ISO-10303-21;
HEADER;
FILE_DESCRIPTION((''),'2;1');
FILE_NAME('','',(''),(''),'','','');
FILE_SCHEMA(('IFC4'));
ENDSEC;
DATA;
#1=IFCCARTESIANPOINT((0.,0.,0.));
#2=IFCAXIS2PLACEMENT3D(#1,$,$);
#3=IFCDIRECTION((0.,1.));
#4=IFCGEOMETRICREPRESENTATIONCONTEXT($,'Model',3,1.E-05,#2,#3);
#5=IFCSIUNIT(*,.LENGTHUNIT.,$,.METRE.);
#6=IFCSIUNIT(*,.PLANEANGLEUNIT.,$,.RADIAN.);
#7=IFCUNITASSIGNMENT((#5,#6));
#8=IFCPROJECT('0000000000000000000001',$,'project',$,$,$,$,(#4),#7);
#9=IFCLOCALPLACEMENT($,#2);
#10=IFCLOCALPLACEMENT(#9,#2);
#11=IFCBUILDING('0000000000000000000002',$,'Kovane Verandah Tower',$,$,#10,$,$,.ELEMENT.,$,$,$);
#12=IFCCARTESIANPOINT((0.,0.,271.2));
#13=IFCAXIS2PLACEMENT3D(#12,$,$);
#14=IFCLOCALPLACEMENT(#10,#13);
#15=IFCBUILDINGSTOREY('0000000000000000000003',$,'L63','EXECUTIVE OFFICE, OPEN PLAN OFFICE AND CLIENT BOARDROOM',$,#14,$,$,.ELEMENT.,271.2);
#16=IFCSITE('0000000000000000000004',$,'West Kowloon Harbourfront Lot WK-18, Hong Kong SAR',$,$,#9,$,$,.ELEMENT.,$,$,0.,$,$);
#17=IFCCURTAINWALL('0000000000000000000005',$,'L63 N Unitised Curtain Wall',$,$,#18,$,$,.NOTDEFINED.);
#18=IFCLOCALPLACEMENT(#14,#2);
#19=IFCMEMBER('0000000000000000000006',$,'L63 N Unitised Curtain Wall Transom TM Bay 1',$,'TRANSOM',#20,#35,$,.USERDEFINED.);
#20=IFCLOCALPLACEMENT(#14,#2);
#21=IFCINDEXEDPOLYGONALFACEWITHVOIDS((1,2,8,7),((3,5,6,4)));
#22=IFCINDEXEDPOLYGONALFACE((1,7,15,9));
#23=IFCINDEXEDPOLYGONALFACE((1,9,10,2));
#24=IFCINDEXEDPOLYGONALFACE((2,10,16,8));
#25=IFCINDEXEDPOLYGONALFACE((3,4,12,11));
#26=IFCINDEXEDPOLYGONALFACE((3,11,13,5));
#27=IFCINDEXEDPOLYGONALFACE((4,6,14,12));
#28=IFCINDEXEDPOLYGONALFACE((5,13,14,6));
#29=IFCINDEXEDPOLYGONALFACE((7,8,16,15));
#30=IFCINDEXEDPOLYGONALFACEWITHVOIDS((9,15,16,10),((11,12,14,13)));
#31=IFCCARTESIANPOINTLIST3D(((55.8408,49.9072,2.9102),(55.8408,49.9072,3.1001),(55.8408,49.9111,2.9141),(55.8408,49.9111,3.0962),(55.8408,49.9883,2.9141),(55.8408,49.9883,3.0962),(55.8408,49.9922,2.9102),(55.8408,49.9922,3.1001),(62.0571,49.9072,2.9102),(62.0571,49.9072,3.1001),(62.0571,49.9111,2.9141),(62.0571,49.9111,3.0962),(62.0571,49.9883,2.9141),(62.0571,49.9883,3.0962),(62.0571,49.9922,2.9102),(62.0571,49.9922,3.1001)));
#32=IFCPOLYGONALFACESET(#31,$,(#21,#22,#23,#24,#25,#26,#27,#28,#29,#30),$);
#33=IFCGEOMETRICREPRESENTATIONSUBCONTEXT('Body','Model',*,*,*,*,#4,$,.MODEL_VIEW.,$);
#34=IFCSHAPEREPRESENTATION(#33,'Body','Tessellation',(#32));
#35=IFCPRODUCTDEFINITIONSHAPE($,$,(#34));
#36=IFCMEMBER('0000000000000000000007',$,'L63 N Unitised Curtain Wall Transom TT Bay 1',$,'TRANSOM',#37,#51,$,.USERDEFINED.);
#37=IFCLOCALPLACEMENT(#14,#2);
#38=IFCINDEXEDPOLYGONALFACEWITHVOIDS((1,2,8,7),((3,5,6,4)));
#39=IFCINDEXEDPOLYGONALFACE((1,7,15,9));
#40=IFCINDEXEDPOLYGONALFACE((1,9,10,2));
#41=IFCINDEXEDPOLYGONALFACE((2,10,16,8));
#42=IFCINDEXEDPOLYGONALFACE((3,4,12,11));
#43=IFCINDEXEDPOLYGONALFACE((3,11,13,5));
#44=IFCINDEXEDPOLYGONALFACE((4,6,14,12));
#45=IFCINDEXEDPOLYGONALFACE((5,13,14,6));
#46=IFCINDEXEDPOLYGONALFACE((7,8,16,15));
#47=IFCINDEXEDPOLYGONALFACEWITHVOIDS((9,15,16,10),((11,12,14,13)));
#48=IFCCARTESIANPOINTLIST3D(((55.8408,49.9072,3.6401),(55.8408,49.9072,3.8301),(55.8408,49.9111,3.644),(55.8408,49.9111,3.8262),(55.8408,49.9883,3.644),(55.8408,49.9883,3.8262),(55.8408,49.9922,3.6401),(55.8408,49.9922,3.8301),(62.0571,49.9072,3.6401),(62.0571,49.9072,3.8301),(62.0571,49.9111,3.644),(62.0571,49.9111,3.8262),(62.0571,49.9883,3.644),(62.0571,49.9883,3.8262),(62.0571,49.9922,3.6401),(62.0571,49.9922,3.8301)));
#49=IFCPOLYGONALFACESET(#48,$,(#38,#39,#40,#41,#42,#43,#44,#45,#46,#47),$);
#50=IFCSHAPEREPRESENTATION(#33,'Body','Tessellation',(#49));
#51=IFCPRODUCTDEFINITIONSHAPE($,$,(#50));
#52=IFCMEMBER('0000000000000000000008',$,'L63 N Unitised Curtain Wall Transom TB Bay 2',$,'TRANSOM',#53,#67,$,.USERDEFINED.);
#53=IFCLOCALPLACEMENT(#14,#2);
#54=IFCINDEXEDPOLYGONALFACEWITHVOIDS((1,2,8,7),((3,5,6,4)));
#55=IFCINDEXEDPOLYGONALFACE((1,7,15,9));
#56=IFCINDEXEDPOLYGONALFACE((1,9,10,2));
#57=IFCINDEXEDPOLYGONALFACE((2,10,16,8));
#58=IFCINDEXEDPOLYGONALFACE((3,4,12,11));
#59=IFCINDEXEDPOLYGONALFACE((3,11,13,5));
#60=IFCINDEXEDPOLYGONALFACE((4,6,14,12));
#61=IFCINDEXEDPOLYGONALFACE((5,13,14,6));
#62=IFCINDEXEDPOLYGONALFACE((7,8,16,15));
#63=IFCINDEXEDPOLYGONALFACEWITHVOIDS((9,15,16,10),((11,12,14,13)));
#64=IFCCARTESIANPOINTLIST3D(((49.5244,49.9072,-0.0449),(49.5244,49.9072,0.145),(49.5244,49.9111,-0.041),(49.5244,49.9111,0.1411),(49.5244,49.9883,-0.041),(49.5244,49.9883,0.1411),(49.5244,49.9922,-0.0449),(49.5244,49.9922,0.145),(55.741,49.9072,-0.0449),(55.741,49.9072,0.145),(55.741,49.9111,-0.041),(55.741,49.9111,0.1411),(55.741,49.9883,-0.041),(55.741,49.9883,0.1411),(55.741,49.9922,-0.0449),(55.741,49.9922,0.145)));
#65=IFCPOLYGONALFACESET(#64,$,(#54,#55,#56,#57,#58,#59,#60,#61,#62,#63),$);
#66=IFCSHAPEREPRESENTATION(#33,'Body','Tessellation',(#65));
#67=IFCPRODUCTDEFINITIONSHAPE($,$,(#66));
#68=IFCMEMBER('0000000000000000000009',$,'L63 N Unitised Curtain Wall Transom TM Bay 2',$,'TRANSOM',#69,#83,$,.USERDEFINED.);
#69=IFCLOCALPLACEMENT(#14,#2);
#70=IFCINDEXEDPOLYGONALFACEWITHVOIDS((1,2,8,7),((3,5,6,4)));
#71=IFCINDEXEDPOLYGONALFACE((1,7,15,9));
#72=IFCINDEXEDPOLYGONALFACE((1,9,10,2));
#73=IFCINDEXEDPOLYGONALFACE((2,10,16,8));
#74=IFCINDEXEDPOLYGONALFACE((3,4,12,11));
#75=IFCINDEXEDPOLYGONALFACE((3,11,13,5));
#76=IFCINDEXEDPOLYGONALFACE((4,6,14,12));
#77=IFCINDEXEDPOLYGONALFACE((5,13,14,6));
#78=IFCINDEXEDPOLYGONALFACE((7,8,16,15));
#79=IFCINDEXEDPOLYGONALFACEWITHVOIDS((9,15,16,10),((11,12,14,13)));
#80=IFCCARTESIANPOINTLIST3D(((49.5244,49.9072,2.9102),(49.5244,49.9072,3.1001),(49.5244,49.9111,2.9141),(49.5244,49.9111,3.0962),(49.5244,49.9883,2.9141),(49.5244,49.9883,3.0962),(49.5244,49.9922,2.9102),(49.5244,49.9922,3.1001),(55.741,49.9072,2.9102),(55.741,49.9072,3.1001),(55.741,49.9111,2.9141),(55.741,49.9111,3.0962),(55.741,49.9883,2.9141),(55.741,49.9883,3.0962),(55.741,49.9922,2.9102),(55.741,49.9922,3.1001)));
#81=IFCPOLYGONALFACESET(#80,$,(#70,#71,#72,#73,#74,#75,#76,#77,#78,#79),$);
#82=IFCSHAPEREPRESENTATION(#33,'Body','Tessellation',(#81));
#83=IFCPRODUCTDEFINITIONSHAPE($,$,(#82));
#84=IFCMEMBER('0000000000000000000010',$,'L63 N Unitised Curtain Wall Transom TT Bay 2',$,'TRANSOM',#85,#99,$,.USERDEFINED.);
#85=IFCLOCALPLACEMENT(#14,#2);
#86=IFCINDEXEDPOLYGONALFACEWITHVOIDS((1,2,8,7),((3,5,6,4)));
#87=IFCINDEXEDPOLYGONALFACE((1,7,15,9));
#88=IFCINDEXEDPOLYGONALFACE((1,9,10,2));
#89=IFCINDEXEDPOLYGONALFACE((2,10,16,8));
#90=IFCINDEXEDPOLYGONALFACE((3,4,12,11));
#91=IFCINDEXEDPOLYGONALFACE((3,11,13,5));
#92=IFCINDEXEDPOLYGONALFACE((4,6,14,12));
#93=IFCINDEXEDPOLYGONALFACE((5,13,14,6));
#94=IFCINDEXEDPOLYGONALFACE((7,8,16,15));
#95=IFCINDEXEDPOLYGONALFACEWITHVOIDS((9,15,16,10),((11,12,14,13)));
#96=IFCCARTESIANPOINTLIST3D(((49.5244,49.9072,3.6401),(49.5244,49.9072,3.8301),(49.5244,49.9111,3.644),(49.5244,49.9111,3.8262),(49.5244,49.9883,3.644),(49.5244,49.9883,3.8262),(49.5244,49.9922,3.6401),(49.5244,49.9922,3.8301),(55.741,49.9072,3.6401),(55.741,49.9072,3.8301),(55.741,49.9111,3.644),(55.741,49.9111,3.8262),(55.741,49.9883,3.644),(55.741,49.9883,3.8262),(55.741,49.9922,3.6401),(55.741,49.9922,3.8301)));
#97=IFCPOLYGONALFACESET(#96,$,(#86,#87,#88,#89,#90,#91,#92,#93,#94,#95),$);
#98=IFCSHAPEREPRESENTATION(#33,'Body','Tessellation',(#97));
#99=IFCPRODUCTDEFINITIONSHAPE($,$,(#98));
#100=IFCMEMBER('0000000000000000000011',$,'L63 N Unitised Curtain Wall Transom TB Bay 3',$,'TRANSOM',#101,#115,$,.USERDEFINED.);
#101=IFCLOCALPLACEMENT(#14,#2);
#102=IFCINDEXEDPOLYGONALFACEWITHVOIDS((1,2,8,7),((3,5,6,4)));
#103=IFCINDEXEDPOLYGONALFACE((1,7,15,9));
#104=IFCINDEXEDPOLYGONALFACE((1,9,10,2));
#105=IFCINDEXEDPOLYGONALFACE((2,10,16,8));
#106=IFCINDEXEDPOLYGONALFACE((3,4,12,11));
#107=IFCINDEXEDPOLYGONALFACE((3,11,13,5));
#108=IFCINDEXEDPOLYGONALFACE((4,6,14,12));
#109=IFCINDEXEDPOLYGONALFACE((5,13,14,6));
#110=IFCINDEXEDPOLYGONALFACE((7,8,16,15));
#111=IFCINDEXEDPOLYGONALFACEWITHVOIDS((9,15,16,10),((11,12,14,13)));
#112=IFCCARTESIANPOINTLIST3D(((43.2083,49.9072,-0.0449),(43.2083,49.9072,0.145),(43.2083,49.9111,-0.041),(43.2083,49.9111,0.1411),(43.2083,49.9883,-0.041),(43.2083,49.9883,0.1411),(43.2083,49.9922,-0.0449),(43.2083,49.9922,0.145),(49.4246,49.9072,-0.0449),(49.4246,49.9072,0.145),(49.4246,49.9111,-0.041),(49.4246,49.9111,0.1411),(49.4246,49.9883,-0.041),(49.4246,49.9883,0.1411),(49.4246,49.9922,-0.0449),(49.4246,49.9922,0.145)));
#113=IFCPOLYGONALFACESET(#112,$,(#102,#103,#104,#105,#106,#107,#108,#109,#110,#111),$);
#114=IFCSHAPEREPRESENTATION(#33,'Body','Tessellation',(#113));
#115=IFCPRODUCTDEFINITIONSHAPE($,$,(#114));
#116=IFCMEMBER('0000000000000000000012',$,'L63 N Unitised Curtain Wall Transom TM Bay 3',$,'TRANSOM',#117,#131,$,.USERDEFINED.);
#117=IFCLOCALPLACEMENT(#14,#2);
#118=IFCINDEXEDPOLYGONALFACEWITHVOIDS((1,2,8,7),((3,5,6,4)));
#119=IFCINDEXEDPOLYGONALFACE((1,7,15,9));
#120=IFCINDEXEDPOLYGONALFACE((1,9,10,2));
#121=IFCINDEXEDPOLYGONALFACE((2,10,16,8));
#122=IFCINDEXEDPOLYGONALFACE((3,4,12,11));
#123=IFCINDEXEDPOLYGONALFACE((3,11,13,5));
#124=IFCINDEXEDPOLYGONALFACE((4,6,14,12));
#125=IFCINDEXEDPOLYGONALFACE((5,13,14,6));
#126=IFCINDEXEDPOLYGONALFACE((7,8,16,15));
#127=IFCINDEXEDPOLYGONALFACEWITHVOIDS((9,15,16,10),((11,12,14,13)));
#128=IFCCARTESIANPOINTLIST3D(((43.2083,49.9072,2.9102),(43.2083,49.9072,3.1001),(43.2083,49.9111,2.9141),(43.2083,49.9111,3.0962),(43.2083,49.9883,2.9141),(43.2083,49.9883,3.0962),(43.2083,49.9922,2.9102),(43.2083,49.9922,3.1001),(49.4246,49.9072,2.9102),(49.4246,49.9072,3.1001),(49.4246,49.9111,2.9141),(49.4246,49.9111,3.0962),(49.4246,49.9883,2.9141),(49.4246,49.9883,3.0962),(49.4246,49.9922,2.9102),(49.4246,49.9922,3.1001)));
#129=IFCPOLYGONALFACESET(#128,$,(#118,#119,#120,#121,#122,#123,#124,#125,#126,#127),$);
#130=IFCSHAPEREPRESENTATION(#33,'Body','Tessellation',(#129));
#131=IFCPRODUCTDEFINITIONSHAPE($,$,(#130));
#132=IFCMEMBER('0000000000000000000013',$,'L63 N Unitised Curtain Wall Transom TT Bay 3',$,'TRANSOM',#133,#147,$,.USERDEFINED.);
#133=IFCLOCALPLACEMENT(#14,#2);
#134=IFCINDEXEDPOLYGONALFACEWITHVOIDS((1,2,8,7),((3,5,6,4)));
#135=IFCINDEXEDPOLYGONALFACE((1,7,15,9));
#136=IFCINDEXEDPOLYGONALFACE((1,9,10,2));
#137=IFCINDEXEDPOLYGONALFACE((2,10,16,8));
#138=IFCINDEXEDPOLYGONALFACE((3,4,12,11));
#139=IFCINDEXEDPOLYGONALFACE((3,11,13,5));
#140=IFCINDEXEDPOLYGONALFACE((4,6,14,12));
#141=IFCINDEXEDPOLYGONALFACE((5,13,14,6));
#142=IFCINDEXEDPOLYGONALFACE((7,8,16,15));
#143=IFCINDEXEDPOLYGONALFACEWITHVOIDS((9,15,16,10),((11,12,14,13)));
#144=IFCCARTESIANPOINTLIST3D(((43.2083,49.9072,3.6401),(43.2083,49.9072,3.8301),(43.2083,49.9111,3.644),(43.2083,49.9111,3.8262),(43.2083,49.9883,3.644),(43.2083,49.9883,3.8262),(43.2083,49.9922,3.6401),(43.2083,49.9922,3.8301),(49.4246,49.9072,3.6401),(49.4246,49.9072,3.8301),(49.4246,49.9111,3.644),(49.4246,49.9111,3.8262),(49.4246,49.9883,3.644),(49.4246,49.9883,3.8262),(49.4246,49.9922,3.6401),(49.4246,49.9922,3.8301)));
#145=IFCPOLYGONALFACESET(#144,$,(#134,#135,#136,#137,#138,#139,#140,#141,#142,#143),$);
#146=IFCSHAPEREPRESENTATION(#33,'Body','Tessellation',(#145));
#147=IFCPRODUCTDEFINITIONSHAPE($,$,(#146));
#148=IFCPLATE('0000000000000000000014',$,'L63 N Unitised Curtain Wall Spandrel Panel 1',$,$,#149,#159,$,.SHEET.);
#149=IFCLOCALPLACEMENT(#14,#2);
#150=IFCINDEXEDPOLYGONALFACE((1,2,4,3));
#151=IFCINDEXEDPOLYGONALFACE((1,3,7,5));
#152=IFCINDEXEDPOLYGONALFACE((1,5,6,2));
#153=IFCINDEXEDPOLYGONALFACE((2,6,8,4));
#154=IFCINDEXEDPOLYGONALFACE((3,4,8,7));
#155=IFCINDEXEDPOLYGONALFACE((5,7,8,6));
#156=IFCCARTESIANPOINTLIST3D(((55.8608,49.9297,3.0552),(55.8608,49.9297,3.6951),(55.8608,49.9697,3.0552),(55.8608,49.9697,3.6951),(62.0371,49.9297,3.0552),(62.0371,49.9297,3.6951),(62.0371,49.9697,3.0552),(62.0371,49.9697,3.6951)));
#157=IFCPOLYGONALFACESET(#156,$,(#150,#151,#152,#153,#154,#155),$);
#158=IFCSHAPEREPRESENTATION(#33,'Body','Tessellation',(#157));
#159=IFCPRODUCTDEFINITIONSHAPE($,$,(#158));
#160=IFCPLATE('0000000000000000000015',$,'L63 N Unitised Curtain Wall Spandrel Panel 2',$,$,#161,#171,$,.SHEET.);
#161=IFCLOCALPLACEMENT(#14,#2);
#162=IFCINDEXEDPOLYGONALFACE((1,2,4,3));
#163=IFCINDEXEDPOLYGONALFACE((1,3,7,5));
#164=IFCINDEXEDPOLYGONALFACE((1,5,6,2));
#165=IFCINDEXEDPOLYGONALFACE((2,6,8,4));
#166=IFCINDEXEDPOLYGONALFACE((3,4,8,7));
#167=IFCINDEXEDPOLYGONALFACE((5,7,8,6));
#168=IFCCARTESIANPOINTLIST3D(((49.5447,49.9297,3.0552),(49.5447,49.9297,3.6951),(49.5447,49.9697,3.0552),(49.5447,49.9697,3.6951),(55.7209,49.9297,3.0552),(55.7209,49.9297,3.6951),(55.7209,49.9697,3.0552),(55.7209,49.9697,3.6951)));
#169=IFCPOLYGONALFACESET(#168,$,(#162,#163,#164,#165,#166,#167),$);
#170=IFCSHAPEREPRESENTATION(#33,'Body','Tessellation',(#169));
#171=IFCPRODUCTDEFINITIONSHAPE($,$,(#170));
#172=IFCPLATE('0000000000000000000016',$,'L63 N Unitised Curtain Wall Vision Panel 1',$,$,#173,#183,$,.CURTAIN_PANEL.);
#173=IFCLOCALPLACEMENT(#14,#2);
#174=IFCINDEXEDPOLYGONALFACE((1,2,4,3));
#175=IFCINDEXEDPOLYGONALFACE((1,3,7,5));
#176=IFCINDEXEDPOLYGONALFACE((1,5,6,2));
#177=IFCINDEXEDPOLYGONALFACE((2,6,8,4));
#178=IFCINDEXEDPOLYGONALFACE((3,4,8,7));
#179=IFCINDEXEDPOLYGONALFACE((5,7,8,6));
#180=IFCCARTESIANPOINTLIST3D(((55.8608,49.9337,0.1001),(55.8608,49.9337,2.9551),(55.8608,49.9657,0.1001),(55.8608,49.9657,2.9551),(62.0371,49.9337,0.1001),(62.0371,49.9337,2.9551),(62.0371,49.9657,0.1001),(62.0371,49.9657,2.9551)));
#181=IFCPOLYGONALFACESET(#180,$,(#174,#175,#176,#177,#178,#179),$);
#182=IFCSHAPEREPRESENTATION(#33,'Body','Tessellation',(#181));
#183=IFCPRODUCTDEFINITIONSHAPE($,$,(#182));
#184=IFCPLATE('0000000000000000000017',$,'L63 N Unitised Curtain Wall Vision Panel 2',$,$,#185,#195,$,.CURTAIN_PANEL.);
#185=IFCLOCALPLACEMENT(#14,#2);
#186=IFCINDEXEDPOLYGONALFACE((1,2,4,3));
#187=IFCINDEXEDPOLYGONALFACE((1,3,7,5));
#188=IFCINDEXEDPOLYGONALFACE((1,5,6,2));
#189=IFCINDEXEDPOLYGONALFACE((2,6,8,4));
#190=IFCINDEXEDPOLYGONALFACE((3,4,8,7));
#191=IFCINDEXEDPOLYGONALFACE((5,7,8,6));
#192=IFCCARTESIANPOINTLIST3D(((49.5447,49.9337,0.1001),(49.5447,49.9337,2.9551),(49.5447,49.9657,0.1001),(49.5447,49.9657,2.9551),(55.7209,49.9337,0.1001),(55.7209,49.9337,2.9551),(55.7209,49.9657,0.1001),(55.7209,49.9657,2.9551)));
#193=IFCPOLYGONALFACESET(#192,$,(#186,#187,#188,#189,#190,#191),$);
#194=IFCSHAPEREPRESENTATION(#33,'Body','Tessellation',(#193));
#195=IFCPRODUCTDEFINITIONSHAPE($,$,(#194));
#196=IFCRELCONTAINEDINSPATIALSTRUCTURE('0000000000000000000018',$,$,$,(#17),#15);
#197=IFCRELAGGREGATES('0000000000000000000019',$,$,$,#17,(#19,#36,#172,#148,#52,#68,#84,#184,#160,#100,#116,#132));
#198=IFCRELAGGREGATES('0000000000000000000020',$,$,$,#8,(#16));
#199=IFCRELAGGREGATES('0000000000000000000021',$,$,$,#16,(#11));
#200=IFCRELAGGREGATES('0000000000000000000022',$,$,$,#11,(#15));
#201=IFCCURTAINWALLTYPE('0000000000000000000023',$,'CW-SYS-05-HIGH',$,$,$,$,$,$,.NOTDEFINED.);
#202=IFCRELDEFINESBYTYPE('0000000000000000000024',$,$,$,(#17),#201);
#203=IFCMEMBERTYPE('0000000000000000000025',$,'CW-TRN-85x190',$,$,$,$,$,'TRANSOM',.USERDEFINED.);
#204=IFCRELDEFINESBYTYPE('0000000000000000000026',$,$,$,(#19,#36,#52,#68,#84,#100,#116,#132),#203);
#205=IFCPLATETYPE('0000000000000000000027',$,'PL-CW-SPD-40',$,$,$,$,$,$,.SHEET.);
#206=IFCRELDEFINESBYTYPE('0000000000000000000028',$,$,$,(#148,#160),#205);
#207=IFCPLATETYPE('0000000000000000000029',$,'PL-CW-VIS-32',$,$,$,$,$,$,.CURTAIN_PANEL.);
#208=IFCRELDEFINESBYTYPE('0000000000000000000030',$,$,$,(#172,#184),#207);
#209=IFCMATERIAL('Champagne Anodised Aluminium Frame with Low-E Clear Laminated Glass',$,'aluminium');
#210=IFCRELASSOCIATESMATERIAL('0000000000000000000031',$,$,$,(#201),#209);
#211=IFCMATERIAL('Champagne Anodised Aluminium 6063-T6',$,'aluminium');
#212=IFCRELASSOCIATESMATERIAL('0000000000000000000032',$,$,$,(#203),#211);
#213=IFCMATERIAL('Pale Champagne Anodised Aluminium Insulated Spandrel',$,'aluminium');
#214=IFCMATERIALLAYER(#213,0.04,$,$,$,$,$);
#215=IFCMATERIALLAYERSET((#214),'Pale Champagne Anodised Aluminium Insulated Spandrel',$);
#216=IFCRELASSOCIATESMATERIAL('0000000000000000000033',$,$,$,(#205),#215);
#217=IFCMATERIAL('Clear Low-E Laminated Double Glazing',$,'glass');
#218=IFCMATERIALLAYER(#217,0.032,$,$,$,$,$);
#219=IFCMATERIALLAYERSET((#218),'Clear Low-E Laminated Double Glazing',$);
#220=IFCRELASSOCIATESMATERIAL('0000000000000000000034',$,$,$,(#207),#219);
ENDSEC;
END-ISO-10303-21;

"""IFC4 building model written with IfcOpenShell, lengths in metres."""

from ifc_helpers import new_model, si_unit, direction, frame, origin, origin_2d, place, context, subcontext, project, spatial, rectangle, hollow_rectangle, extrude, material, layer, layer_set, material_profile, profile_set, type_object, element, aggregate, save


model = new_model("IFC4")

# Units and contexts
model_context = context("Model", 3, precision=1e-05, world=origin(), true_north=direction((0.0, 1.0)))
body_context = subcontext(model_context, "Body", "Model", "MODEL_VIEW")
ifc_project = project(units=[si_unit("LENGTHUNIT", "METRE"), si_unit("PLANEANGLEUNIT", "RADIAN")], contexts=[model_context])

# Site, building, storey
site_placement = place(None, origin())
site = spatial("IfcSite", under=ifc_project, at=site_placement, Name="West Kowloon Harbourfront Lot WK-18, Hong Kong SAR", CompositionType="ELEMENT", RefElevation=0.0)
building_placement = place(site_placement, origin())
building = spatial("IfcBuilding", under=site, at=building_placement, Name="Kovane Verandah Tower", CompositionType="ELEMENT")
storey_placement = place(building_placement, frame((0.0, 0.0, 271.2)))
storey = spatial("IfcBuildingStorey", under=building, at=storey_placement, Name="L63", Description="EXECUTIVE OFFICE, OPEN PLAN OFFICE AND CLIENT BOARDROOM", CompositionType="ELEMENT", Elevation=271.2)

# Curtain wall, members, plates
ifc_material_1 = material(Name="Champagne Anodised Aluminium Frame with Low-E Clear Laminated Glass", Category="aluminium")
curtain_wall_type = type_object("IfcCurtainWallType", Name="CW-SYS-05-HIGH", PredefinedType="NOTDEFINED", material=ifc_material_1)
curtain_wall_placement = place(storey_placement, origin())
curtain_wall = element("IfcCurtainWall", 1, at=curtain_wall_placement, inside=storey, type_object=curtain_wall_type, Name="L63 N Unitised Curtain Wall", PredefinedType="NOTDEFINED")
ifc_material_2 = material(Name="Champagne Anodised Aluminium 6063-T6", Category="aluminium")
ifc_material_profile_1 = material_profile(ifc_material_2, hollow_rectangle(XDim=0.085, YDim=0.1899, WallThickness=0.0039, at=origin_2d()), Name="AL85x190x4")
ifc_profile_set_1 = profile_set([ifc_material_profile_1], Name="Champagne Anodised Aluminium 6063-T6")
member_type_1 = type_object("IfcMemberType", Name="CW-TRN-85x190", ElementType="TRANSOM", PredefinedType="USERDEFINED", material=ifc_profile_set_1)
member_1_placement = place(storey_placement, frame((62.0571, 49.9497, 3.0051), z_axis=(-1.0, 0.0, 0.0), x_axis=(0.0, -1.0, 0.0)))
member_1 = element("IfcMember", 2, at=member_1_placement, type_object=member_type_1, Name="L63 N Unitised Curtain Wall Transom TM Bay 1", ObjectType="TRANSOM", PredefinedType="USERDEFINED", context=body_context, shape_type="SweptSolid", body=[
    extrude(hollow_rectangle(XDim=0.085, YDim=0.1899, WallThickness=0.0039, at=origin_2d()), origin(), (0.0, 0.0, 1.0), 6.2163),
])
member_2_placement = place(storey_placement, frame((62.0571, 49.9497, 3.7351), z_axis=(-1.0, 0.0, 0.0), x_axis=(0.0, -1.0, 0.0)))
member_2 = element("IfcMember", 3, at=member_2_placement, type_object=member_type_1, Name="L63 N Unitised Curtain Wall Transom TT Bay 1", ObjectType="TRANSOM", PredefinedType="USERDEFINED", context=body_context, shape_type="SweptSolid", body=[
    extrude(hollow_rectangle(XDim=0.085, YDim=0.1899, WallThickness=0.0039, at=origin_2d()), origin(), (0.0, 0.0, 1.0), 6.2163),
])
member_3_placement = place(storey_placement, frame((55.741, 49.9497, 0.05), z_axis=(-1.0, 0.0, 0.0), x_axis=(0.0, -1.0, 0.0)))
member_3 = element("IfcMember", 4, at=member_3_placement, type_object=member_type_1, Name="L63 N Unitised Curtain Wall Transom TB Bay 2", ObjectType="TRANSOM", PredefinedType="USERDEFINED", context=body_context, shape_type="SweptSolid", body=[
    extrude(hollow_rectangle(XDim=0.085, YDim=0.1899, WallThickness=0.0039, at=origin_2d()), origin(), (0.0, 0.0, 1.0), 6.2166),
])
member_4_placement = place(storey_placement, frame((55.741, 49.9497, 3.0051), z_axis=(-1.0, 0.0, 0.0), x_axis=(0.0, -1.0, 0.0)))
member_4 = element("IfcMember", 5, at=member_4_placement, type_object=member_type_1, Name="L63 N Unitised Curtain Wall Transom TM Bay 2", ObjectType="TRANSOM", PredefinedType="USERDEFINED", context=body_context, shape_type="SweptSolid", body=[
    extrude(hollow_rectangle(XDim=0.085, YDim=0.1899, WallThickness=0.0039, at=origin_2d()), origin(), (0.0, 0.0, 1.0), 6.2166),
])
member_5_placement = place(storey_placement, frame((55.741, 49.9497, 3.7351), z_axis=(-1.0, 0.0, 0.0), x_axis=(0.0, -1.0, 0.0)))
member_5 = element("IfcMember", 6, at=member_5_placement, type_object=member_type_1, Name="L63 N Unitised Curtain Wall Transom TT Bay 2", ObjectType="TRANSOM", PredefinedType="USERDEFINED", context=body_context, shape_type="SweptSolid", body=[
    extrude(hollow_rectangle(XDim=0.085, YDim=0.1899, WallThickness=0.0039, at=origin_2d()), origin(), (0.0, 0.0, 1.0), 6.2166),
])
member_6_placement = place(storey_placement, frame((49.4246, 49.9497, 0.05), z_axis=(-1.0, 0.0, 0.0), x_axis=(0.0, -1.0, 0.0)))
member_6 = element("IfcMember", 7, at=member_6_placement, type_object=member_type_1, Name="L63 N Unitised Curtain Wall Transom TB Bay 3", ObjectType="TRANSOM", PredefinedType="USERDEFINED", context=body_context, shape_type="SweptSolid", body=[
    extrude(hollow_rectangle(XDim=0.085, YDim=0.1899, WallThickness=0.0039, at=origin_2d()), origin(), (0.0, 0.0, 1.0), 6.2163),
])
member_7_placement = place(storey_placement, frame((49.4246, 49.9497, 3.0051), z_axis=(-1.0, 0.0, 0.0), x_axis=(0.0, -1.0, 0.0)))
member_7 = element("IfcMember", 8, at=member_7_placement, type_object=member_type_1, Name="L63 N Unitised Curtain Wall Transom TM Bay 3", ObjectType="TRANSOM", PredefinedType="USERDEFINED", context=body_context, shape_type="SweptSolid", body=[
    extrude(hollow_rectangle(XDim=0.085, YDim=0.1899, WallThickness=0.0039, at=origin_2d()), origin(), (0.0, 0.0, 1.0), 6.2163),
])
member_8_placement = place(storey_placement, frame((49.4246, 49.9497, 3.7351), z_axis=(-1.0, 0.0, 0.0), x_axis=(0.0, -1.0, 0.0)))
member_8 = element("IfcMember", 9, at=member_8_placement, type_object=member_type_1, Name="L63 N Unitised Curtain Wall Transom TT Bay 3", ObjectType="TRANSOM", PredefinedType="USERDEFINED", context=body_context, shape_type="SweptSolid", body=[
    extrude(hollow_rectangle(XDim=0.085, YDim=0.1899, WallThickness=0.0039, at=origin_2d()), origin(), (0.0, 0.0, 1.0), 6.2163),
])
ifc_material_3 = material(Name="Pale Champagne Anodised Aluminium Insulated Spandrel", Category="aluminium")
ifc_layer_1 = layer(ifc_material_3, 0.04)
ifc_layer_set_1 = layer_set([ifc_layer_1], Name="Pale Champagne Anodised Aluminium Insulated Spandrel")
plate_type_1 = type_object("IfcPlateType", Name="PL-CW-SPD-40", PredefinedType="SHEET", material=ifc_layer_set_1)
plate_1_placement = place(storey_placement, frame((58.949, 49.9497, 3.0552), z_axis=(0.0, 0.0, 1.0), x_axis=(-1.0, 0.0, 0.0)))
plate_1 = element("IfcPlate", 10, at=plate_1_placement, type_object=plate_type_1, Name="L63 N Unitised Curtain Wall Spandrel Panel 1", PredefinedType="SHEET", context=body_context, shape_type="SweptSolid", body=[
    extrude(rectangle(XDim=6.1763, YDim=0.04, at=origin_2d()), origin(), (0.0, 0.0, 1.0), 0.6399),
])
plate_2_placement = place(storey_placement, frame((52.6328, 49.9497, 3.0552), z_axis=(0.0, 0.0, 1.0), x_axis=(-1.0, 0.0, 0.0)))
plate_2 = element("IfcPlate", 11, at=plate_2_placement, type_object=plate_type_1, Name="L63 N Unitised Curtain Wall Spandrel Panel 2", PredefinedType="SHEET", context=body_context, shape_type="SweptSolid", body=[
    extrude(rectangle(XDim=6.1763, YDim=0.04, at=origin_2d()), origin(), (0.0, 0.0, 1.0), 0.6399),
])
ifc_material_4 = material(Name="Clear Low-E Laminated Double Glazing", Category="glass")
ifc_layer_2 = layer(ifc_material_4, 0.032)
ifc_layer_set_2 = layer_set([ifc_layer_2], Name="Clear Low-E Laminated Double Glazing")
plate_type_2 = type_object("IfcPlateType", Name="PL-CW-VIS-32", PredefinedType="CURTAIN_PANEL", material=ifc_layer_set_2)
plate_3_placement = place(storey_placement, frame((58.949, 49.9497, 0.1001), z_axis=(0.0, 0.0, 1.0), x_axis=(-1.0, 0.0, 0.0)))
plate_3 = element("IfcPlate", 12, at=plate_3_placement, type_object=plate_type_2, Name="L63 N Unitised Curtain Wall Vision Panel 1", PredefinedType="CURTAIN_PANEL", context=body_context, shape_type="SweptSolid", body=[
    extrude(rectangle(XDim=6.1763, YDim=0.032, at=origin_2d()), origin(), (0.0, 0.0, 1.0), 2.855),
])
plate_4_placement = place(storey_placement, frame((52.6328, 49.9497, 0.1001), z_axis=(0.0, 0.0, 1.0), x_axis=(-1.0, 0.0, 0.0)))
plate_4 = element("IfcPlate", 13, at=plate_4_placement, type_object=plate_type_2, Name="L63 N Unitised Curtain Wall Vision Panel 2", PredefinedType="CURTAIN_PANEL", context=body_context, shape_type="SweptSolid", body=[
    extrude(rectangle(XDim=6.1763, YDim=0.032, at=origin_2d()), origin(), (0.0, 0.0, 1.0), 2.855),
])
aggregate(curtain_wall, [member_1, member_2, plate_3, plate_1, member_3, member_4, member_5, plate_4, plate_2, member_6, member_7, member_8])

save(model, "model.ifc")
